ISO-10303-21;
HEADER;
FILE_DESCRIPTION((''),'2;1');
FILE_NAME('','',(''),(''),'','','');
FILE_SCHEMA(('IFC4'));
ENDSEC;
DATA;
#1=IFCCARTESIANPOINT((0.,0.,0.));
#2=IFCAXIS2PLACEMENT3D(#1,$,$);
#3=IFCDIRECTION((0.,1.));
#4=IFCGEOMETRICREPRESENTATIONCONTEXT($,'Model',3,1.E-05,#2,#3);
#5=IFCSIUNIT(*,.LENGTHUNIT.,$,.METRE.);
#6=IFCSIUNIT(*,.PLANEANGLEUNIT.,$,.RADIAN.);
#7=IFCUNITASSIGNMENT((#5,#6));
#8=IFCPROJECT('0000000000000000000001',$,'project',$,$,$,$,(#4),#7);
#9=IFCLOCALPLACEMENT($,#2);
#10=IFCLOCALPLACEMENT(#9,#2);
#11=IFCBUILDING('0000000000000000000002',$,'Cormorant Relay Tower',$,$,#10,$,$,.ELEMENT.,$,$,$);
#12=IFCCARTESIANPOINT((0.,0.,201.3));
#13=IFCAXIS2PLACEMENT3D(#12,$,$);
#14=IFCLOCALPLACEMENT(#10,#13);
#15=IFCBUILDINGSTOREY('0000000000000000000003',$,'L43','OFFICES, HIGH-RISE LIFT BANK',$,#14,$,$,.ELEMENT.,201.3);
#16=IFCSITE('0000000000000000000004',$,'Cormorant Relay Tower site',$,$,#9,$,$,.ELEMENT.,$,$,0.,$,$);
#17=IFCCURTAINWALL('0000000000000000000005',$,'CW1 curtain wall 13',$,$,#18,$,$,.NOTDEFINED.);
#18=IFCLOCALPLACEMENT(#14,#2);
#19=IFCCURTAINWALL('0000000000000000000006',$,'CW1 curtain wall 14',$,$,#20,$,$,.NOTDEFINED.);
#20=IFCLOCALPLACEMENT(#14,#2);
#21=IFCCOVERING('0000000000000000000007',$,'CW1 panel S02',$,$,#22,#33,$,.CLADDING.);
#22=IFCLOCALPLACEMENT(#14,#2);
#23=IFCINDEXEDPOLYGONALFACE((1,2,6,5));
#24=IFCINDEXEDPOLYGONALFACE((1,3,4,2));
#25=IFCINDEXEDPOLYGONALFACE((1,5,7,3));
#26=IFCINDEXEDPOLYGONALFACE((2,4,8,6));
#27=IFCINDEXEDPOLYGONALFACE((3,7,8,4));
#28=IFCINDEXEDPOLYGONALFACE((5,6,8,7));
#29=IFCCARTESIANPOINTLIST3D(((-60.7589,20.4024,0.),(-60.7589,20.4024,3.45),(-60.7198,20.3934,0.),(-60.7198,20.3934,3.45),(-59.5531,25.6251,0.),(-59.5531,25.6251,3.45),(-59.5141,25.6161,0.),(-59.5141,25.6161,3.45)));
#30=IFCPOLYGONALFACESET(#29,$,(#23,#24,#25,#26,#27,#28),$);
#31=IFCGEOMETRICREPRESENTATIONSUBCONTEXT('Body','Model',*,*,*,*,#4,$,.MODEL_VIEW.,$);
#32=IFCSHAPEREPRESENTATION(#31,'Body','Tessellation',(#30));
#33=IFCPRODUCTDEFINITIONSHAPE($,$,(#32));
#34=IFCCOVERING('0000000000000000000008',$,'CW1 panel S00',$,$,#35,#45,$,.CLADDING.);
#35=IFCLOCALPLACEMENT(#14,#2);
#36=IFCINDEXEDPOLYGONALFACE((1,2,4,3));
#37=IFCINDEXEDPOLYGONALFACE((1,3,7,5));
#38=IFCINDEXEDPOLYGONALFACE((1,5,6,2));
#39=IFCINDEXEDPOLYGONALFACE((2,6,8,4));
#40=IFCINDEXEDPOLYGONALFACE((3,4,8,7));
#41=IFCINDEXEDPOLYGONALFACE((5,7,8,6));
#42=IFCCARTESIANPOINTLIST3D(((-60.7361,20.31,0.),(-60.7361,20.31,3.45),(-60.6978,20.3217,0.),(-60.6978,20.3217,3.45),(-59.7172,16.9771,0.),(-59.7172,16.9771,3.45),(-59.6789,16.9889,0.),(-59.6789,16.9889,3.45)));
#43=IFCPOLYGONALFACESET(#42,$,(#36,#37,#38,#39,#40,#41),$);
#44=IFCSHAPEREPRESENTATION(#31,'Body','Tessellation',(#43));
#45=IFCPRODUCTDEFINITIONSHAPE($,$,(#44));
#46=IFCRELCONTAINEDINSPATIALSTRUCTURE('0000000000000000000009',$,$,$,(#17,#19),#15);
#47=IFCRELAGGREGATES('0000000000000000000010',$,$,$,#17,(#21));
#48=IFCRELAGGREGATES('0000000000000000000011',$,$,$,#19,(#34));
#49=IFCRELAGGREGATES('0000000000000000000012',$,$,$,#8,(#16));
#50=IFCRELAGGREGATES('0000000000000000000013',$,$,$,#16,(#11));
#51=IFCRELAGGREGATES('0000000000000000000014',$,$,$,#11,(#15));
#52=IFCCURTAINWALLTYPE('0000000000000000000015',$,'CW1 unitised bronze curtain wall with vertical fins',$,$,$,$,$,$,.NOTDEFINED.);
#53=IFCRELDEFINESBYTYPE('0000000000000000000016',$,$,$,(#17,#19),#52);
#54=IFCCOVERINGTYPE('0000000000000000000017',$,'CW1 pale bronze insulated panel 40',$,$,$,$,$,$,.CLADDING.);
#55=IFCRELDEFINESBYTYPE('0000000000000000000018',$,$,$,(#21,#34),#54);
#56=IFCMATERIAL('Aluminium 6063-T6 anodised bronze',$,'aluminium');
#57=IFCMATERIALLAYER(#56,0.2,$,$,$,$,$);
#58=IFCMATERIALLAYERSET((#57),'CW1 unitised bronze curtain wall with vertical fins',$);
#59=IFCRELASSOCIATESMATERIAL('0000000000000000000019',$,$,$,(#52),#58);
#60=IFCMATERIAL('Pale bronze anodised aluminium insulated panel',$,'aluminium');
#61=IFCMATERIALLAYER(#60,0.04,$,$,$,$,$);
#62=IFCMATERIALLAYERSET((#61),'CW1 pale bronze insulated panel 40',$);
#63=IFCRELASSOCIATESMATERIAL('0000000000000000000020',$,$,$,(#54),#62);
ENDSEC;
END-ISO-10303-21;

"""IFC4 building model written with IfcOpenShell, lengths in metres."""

from ifc_helpers import new_model, si_unit, direction, frame, origin, origin_2d, place, context, subcontext, project, spatial, rectangle, extrude, material, layer, layer_set, type_object, element, aggregate, save


model = new_model("IFC4")

# Units and contexts
model_context = context("Model", 3, precision=1e-05, world=origin(), true_north=direction((0.0, 1.0)))
body_context = subcontext(model_context, "Body", "Model", "MODEL_VIEW")
ifc_project = project(units=[si_unit("LENGTHUNIT", "METRE"), si_unit("PLANEANGLEUNIT", "RADIAN")], contexts=[model_context])

# Site, building, storey
site_placement = place(None, origin())
site = spatial("IfcSite", under=ifc_project, at=site_placement, Name="Cormorant Relay Tower site", CompositionType="ELEMENT", RefElevation=0.0)
building_placement = place(site_placement, origin())
building = spatial("IfcBuilding", under=site, at=building_placement, Name="Cormorant Relay Tower", CompositionType="ELEMENT")
storey_placement = place(building_placement, frame((0.0, 0.0, 201.3)))
storey = spatial("IfcBuildingStorey", under=building, at=storey_placement, Name="L43", Description="OFFICES, HIGH-RISE LIFT BANK", CompositionType="ELEMENT", Elevation=201.3)

# Curtain walls
ifc_material_1 = material(Name="Aluminium 6063-T6 anodised bronze", Category="aluminium")
ifc_layer_1 = layer(ifc_material_1, 0.2)
ifc_layer_set_1 = layer_set([ifc_layer_1], Name="CW1 unitised bronze curtain wall with vertical fins")
curtain_wall_type = type_object("IfcCurtainWallType", Name="CW1 unitised bronze curtain wall with vertical fins", PredefinedType="NOTDEFINED", material=ifc_layer_set_1)
curtain_wall_1_placement = place(storey_placement, origin())
curtain_wall_1 = element("IfcCurtainWall", 1, at=curtain_wall_1_placement, inside=storey, type_object=curtain_wall_type, Name="CW1 curtain wall 13", PredefinedType="NOTDEFINED")
curtain_wall_2_placement = place(storey_placement, origin())
curtain_wall_2 = element("IfcCurtainWall", 2, at=curtain_wall_2_placement, inside=storey, type_object=curtain_wall_type, Name="CW1 curtain wall 14", PredefinedType="NOTDEFINED")

# Coverings
ifc_material_2 = material(Name="Pale bronze anodised aluminium insulated panel", Category="aluminium")
ifc_layer_2 = layer(ifc_material_2, 0.04)
ifc_layer_set_2 = layer_set([ifc_layer_2], Name="CW1 pale bronze insulated panel 40")
covering_type = type_object("IfcCoveringType", Name="CW1 pale bronze insulated panel 40", PredefinedType="CLADDING", material=ifc_layer_set_2)
covering_1_placement = place(storey_placement, frame((-60.1365, 23.0093, 0.0), z_axis=(0.0, 0.0, 1.0), x_axis=(-0.224951, -0.97437, 0.0)))
covering_1 = element("IfcCovering", 3, at=covering_1_placement, type_object=covering_type, Name="CW1 panel S02", PredefinedType="CLADDING", context=body_context, shape_type="SweptSolid", body=[
    extrude(rectangle(XDim=5.3601, YDim=0.04, at=origin_2d()), origin(), (0.0, 0.0, 1.0), 3.45),
])
aggregate(curtain_wall_1, [covering_1])
covering_2_placement = place(storey_placement, frame((-60.2075, 18.6494, 0.0), z_axis=(0.0, 0.0, 1.0), x_axis=(0.292372, -0.956305, 0.0)))
covering_2 = element("IfcCovering", 4, at=covering_2_placement, type_object=covering_type, Name="CW1 panel S00", PredefinedType="CLADDING", context=body_context, shape_type="SweptSolid", body=[
    extrude(rectangle(XDim=3.4851, YDim=0.04, at=origin_2d()), origin(), (0.0, 0.0, 1.0), 3.45),
])
aggregate(curtain_wall_2, [covering_2])

save(model, "model.ifc")
